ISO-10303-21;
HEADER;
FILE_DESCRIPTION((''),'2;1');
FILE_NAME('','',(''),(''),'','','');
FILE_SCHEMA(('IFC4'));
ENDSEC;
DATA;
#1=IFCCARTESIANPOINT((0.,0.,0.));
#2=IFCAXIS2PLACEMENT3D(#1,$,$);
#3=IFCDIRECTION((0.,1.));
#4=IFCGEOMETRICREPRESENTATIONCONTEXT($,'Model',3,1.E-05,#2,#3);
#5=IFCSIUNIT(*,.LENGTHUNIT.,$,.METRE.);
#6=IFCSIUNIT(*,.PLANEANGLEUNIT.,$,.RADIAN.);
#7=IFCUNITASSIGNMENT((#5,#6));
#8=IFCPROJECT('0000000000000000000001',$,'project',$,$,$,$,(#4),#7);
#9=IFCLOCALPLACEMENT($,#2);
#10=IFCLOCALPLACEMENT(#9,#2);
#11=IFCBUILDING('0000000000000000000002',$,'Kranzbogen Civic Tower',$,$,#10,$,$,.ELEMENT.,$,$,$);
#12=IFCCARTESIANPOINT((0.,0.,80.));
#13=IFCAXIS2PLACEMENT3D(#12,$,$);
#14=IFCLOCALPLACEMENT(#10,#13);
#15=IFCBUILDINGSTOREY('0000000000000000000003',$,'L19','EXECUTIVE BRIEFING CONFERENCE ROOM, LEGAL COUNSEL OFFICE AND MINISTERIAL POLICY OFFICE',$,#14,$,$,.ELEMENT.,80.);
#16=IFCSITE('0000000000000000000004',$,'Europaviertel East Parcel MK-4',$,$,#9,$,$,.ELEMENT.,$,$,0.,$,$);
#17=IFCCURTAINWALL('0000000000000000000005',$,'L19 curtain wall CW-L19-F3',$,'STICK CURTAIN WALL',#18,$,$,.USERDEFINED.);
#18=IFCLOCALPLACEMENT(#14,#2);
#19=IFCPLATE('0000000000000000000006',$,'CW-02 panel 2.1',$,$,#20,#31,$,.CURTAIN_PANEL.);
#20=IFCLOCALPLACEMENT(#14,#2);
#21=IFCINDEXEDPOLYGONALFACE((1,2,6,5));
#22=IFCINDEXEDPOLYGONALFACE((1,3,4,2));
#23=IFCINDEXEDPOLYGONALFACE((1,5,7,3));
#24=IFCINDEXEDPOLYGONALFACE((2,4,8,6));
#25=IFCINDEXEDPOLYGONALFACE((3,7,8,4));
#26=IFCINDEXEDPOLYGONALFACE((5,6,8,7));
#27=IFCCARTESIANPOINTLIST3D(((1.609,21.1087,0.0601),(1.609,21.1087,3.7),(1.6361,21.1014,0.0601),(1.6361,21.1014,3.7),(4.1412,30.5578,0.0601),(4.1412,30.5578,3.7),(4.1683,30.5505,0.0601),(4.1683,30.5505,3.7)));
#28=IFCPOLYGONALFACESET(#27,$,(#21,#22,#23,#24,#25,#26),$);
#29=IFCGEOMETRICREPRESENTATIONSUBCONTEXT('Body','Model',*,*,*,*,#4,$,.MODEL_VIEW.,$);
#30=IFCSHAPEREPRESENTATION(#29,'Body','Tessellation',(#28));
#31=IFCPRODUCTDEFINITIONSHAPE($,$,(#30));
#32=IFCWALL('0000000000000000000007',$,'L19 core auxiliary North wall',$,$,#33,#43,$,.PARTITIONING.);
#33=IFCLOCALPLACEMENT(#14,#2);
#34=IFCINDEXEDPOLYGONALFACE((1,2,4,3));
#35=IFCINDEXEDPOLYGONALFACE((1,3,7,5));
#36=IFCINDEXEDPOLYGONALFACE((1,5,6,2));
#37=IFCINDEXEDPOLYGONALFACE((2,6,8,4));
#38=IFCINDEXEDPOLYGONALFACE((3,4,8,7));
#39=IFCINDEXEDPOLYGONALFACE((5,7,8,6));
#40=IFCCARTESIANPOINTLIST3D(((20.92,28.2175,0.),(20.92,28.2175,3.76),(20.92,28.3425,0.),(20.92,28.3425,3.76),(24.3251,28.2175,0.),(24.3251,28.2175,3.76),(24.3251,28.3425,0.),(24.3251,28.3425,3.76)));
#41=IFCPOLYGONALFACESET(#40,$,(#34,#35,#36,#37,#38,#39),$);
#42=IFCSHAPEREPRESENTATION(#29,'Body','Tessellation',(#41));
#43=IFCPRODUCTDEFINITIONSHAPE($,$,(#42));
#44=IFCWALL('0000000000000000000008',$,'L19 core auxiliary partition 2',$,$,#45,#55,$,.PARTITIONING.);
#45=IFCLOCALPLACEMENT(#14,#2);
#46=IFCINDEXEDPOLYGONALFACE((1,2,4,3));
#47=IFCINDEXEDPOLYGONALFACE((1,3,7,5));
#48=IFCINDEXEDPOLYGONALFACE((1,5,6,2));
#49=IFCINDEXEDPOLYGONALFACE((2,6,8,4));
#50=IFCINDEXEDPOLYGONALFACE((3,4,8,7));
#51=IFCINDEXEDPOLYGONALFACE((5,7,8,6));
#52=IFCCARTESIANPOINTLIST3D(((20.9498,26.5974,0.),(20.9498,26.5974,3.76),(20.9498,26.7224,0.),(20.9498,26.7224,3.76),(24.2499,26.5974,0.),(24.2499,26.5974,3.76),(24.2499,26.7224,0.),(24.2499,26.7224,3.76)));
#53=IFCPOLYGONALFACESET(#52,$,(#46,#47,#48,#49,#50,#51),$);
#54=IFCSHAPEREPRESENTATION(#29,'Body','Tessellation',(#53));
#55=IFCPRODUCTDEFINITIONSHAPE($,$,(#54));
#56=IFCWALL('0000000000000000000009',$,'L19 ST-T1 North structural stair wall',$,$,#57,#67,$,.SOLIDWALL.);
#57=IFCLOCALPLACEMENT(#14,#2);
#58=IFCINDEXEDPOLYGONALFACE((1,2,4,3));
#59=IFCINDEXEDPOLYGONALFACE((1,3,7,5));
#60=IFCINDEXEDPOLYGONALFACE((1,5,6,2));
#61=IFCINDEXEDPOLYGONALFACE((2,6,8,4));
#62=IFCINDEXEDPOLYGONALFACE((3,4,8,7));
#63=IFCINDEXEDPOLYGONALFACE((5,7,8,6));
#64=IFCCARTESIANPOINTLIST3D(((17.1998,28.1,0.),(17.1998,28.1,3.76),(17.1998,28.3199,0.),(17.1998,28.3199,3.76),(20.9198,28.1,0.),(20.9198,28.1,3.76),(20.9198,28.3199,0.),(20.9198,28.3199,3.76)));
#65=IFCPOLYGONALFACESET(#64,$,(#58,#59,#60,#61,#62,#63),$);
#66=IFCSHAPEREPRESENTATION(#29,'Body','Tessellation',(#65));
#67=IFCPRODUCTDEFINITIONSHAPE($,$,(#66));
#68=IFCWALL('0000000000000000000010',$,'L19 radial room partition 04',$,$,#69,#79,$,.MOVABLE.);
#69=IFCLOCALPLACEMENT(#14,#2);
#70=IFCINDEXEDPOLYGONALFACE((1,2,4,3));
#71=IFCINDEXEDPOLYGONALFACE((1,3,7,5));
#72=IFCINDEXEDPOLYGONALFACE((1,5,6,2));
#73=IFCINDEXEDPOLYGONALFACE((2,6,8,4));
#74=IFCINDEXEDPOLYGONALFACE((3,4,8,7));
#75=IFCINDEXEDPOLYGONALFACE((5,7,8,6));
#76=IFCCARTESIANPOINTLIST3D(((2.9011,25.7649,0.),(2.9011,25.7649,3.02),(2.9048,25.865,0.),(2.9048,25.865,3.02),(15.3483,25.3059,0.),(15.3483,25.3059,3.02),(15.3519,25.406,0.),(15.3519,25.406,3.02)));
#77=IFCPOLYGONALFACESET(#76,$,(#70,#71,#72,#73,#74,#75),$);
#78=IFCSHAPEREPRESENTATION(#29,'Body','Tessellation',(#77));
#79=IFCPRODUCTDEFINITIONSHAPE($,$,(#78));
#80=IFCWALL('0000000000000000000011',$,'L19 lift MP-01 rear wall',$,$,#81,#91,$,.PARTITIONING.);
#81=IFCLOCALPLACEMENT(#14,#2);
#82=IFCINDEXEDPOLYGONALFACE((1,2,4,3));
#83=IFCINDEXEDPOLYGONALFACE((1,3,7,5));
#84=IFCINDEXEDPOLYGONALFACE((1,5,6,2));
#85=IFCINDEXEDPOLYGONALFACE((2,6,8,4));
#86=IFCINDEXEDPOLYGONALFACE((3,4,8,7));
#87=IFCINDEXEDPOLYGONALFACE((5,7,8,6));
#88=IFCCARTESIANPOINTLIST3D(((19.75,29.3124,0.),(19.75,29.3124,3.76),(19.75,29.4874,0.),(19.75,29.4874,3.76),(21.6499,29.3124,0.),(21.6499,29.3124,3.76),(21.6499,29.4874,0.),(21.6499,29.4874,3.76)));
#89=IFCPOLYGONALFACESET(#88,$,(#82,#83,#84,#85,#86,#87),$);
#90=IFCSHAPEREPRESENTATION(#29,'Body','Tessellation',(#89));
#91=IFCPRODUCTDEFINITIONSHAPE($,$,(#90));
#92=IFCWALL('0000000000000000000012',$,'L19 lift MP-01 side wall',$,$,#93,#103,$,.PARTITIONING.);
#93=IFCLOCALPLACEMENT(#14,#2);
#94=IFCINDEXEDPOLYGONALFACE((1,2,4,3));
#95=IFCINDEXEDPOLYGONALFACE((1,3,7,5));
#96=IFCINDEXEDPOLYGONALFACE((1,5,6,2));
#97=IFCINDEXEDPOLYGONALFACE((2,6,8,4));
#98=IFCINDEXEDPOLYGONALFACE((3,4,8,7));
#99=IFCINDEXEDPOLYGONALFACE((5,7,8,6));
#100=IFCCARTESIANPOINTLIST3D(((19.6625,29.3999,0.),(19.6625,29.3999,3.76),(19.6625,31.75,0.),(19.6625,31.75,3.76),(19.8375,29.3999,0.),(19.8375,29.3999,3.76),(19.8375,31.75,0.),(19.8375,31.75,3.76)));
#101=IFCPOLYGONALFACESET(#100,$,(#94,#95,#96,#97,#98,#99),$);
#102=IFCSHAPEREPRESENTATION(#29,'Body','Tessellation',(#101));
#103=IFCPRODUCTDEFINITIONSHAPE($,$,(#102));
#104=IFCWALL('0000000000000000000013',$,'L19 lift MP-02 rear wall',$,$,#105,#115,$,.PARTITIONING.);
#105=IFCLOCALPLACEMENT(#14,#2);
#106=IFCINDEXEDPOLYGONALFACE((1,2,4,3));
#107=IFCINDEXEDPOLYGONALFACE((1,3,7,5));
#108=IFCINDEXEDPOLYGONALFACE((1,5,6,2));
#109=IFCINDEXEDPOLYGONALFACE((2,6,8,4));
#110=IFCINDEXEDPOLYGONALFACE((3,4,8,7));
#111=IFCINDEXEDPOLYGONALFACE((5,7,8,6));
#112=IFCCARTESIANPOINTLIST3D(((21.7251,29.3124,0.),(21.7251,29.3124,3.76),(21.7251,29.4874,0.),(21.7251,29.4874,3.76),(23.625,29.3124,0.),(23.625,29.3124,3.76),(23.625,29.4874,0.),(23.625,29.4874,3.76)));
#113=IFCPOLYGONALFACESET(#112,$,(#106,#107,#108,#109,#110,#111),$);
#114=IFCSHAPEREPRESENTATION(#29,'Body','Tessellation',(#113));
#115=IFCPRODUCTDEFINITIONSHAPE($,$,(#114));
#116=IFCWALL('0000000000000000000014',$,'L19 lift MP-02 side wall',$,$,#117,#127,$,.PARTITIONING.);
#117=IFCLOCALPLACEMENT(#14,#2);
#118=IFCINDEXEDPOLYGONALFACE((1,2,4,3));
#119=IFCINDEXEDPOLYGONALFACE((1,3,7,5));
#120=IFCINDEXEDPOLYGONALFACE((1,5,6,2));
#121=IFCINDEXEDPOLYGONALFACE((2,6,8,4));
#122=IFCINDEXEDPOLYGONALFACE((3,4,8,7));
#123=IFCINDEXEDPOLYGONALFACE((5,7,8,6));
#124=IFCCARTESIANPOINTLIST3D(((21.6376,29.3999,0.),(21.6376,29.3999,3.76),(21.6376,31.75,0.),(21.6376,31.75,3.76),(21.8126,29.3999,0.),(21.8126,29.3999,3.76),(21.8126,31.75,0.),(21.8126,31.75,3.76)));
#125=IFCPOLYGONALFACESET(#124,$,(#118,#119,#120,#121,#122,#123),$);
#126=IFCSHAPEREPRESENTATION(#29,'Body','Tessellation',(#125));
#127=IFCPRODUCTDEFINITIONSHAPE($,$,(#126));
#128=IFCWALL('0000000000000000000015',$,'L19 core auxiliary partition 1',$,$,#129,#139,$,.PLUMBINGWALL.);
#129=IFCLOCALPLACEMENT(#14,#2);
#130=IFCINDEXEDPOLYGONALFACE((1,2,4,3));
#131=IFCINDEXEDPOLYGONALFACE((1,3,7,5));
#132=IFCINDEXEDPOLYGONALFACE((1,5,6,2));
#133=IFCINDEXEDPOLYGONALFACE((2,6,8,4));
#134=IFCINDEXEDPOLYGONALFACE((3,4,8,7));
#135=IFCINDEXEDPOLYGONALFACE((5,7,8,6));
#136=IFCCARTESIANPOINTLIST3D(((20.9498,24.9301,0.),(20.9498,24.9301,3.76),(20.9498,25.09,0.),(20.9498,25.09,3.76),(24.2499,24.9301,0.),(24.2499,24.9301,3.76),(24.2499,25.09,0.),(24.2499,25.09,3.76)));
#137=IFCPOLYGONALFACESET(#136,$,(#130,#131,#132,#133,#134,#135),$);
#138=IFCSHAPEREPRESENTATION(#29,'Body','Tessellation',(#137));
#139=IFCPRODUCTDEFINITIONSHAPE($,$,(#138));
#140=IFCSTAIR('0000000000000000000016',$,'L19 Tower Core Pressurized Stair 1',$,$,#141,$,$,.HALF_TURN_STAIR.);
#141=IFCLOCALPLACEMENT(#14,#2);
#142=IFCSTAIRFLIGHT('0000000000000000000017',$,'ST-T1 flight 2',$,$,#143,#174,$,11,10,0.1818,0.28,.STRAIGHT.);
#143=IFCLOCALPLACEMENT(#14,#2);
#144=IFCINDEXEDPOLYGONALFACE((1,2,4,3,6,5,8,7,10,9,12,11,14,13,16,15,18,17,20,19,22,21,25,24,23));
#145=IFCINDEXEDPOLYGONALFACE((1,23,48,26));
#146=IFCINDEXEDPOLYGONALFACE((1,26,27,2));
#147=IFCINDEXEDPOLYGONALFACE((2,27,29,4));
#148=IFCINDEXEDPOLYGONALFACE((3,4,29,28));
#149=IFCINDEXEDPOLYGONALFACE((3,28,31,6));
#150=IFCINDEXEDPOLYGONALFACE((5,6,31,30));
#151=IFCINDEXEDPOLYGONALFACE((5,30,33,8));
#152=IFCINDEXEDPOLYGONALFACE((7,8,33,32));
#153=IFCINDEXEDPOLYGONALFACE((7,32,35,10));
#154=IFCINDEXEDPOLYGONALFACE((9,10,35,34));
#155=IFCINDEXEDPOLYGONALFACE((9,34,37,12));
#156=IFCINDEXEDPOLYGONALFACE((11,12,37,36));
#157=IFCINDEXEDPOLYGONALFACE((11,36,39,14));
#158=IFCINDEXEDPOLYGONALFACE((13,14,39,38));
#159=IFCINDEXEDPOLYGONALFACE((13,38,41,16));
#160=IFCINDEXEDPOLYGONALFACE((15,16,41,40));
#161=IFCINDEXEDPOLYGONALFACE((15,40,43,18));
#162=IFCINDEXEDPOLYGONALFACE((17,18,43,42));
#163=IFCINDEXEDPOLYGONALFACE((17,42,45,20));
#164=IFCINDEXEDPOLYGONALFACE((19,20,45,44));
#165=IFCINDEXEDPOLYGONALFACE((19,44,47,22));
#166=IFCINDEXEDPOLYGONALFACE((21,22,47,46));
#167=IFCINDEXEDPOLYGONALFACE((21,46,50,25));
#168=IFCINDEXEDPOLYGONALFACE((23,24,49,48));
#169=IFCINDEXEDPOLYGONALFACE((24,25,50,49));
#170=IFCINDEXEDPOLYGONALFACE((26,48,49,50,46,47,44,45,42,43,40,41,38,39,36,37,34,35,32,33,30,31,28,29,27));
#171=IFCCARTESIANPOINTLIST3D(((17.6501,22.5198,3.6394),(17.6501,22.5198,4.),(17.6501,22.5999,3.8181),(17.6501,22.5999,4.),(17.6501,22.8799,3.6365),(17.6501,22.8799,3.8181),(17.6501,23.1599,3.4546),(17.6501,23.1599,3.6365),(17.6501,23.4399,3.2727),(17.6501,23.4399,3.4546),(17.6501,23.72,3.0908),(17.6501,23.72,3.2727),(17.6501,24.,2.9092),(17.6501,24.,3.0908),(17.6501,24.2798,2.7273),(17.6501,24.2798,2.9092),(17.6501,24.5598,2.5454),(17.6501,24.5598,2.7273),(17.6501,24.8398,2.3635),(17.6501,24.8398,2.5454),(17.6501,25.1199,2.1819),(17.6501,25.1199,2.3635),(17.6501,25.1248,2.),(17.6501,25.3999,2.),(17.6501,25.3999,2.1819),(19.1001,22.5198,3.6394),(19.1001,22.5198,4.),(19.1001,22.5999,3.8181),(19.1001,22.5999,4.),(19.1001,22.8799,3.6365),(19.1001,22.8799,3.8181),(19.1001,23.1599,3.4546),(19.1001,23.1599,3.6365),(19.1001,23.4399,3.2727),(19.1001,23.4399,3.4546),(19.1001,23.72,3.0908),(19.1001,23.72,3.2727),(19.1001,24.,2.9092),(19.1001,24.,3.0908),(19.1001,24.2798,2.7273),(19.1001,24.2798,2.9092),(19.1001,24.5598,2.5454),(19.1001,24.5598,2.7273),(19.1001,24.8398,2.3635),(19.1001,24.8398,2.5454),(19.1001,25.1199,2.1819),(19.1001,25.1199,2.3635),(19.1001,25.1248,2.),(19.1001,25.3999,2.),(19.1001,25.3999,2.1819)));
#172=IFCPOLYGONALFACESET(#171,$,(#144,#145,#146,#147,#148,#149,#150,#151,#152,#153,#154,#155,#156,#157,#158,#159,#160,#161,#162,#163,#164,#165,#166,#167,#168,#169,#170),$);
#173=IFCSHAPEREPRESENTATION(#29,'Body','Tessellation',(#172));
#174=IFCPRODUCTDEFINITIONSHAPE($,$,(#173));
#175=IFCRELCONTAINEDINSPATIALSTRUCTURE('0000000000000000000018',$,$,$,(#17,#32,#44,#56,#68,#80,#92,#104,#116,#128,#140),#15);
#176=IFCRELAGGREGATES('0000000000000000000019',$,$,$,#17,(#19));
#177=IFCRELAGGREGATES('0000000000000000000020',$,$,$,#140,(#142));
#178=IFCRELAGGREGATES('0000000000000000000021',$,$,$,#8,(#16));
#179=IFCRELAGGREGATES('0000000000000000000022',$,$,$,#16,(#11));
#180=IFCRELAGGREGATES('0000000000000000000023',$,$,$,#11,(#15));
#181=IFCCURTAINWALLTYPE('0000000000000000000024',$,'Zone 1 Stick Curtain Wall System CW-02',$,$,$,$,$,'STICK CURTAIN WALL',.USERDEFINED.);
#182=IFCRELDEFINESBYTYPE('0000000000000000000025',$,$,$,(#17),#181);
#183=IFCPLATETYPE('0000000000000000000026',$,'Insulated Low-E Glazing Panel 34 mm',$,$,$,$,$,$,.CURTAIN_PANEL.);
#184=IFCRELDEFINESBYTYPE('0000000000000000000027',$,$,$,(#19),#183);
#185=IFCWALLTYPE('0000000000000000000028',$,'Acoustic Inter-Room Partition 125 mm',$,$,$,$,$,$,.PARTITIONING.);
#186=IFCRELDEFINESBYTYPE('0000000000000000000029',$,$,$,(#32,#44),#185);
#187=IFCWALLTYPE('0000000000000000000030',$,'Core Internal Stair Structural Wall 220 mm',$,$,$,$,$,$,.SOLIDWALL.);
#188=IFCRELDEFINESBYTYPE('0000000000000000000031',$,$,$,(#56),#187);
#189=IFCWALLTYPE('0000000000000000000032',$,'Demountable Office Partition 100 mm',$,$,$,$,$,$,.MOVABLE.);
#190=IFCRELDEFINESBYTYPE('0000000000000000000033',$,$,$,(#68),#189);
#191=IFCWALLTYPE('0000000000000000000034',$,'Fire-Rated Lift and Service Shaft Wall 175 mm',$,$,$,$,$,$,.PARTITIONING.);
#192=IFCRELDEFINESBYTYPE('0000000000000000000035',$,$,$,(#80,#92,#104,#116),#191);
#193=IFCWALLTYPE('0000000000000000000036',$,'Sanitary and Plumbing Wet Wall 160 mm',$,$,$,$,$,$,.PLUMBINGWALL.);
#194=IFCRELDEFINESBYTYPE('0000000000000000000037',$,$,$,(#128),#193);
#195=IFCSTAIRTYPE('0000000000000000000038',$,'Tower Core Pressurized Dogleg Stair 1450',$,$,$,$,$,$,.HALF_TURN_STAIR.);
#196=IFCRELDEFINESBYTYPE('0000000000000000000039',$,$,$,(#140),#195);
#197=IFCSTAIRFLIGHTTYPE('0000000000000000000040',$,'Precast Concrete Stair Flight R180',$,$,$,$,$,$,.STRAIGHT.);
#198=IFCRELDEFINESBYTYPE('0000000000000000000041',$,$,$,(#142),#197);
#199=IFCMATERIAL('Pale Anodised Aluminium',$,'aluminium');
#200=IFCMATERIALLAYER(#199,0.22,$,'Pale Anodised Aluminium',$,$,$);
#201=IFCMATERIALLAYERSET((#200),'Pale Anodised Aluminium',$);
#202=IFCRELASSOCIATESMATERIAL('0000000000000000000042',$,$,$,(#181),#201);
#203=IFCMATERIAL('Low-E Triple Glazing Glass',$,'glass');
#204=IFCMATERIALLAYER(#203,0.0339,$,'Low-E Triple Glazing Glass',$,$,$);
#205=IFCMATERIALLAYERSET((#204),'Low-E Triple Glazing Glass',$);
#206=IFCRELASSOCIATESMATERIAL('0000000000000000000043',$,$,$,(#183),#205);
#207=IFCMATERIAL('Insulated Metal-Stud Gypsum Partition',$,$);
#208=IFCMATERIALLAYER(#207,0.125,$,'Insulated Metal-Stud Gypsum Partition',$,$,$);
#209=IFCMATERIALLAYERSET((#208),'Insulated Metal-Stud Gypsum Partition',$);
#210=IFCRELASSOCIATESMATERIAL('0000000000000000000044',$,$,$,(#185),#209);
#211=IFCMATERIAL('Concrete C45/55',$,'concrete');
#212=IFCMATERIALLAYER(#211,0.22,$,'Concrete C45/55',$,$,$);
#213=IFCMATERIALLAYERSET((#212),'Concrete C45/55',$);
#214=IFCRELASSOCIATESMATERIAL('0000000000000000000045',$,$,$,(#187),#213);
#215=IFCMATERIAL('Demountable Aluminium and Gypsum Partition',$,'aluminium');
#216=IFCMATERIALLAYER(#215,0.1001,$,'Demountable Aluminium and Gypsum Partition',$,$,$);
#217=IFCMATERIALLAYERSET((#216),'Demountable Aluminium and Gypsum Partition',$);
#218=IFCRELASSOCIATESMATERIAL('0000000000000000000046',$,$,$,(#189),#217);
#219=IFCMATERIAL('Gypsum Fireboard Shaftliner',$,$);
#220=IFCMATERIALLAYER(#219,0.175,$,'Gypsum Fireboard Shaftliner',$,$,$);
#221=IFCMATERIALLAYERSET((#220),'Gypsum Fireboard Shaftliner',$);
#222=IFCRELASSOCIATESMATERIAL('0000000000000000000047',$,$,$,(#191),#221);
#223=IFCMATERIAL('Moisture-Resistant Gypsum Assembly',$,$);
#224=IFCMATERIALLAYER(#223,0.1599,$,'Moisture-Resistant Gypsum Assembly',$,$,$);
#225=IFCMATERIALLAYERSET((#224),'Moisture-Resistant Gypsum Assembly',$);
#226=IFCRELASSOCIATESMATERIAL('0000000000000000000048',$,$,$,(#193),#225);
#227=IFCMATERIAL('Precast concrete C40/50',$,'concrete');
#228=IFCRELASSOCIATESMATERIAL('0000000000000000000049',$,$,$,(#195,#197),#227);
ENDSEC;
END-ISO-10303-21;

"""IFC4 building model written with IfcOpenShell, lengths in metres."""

from ifc_helpers import new_model, si_unit, direction, frame, frame_2d, origin, origin_2d, place, context, subcontext, project, spatial, polyline, rectangle, outline, extrude, material, layer, layer_set, type_object, element, aggregate, save


model = new_model("IFC4")

# Units and contexts
model_context = context("Model", 3, precision=1e-05, world=origin(), true_north=direction((0.0, 1.0)))
body_context = subcontext(model_context, "Body", "Model", "MODEL_VIEW")
ifc_project = project(units=[si_unit("LENGTHUNIT", "METRE"), si_unit("PLANEANGLEUNIT", "RADIAN")], contexts=[model_context])

# Site, building, storey
site_placement = place(None, origin())
site = spatial("IfcSite", under=ifc_project, at=site_placement, Name="Europaviertel East Parcel MK-4", CompositionType="ELEMENT", RefElevation=0.0)
building_placement = place(site_placement, origin())
building = spatial("IfcBuilding", under=site, at=building_placement, Name="Kranzbogen Civic Tower", CompositionType="ELEMENT")
storey_placement = place(building_placement, frame((0.0, 0.0, 80.0)))
storey = spatial("IfcBuildingStorey", under=building, at=storey_placement, Name="L19", Description="EXECUTIVE BRIEFING CONFERENCE ROOM, LEGAL COUNSEL OFFICE AND MINISTERIAL POLICY OFFICE", CompositionType="ELEMENT", Elevation=80.0)

# Curtain wall
ifc_material_1 = material(Name="Pale Anodised Aluminium", Category="aluminium")
ifc_layer_1 = layer(ifc_material_1, 0.22, Name="Pale Anodised Aluminium")
ifc_layer_set_1 = layer_set([ifc_layer_1], Name="Pale Anodised Aluminium")
curtain_wall_type = type_object("IfcCurtainWallType", Name="Zone 1 Stick Curtain Wall System CW-02", ElementType="STICK CURTAIN WALL", PredefinedType="USERDEFINED", material=ifc_layer_set_1)
curtain_wall_placement = place(storey_placement, origin())
curtain_wall = element("IfcCurtainWall", 1, at=curtain_wall_placement, inside=storey, type_object=curtain_wall_type, Name="L19 curtain wall CW-L19-F3", ObjectType="STICK CURTAIN WALL", PredefinedType="USERDEFINED")

# Plate
ifc_material_2 = material(Name="Low-E Triple Glazing Glass", Category="glass")
ifc_layer_2 = layer(ifc_material_2, 0.0339, Name="Low-E Triple Glazing Glass")
ifc_layer_set_2 = layer_set([ifc_layer_2], Name="Low-E Triple Glazing Glass")
plate_type = type_object("IfcPlateType", Name="Insulated Low-E Glazing Panel 34 mm", PredefinedType="CURTAIN_PANEL", material=ifc_layer_set_2)
plate_placement = place(storey_placement, frame((2.8887, 25.8296, 0.0601), z_axis=(0.0, 0.0, 1.0), x_axis=(-0.258851, -0.965917, 0.0)))
plate = element("IfcPlate", 2, at=plate_placement, type_object=plate_type, Name="CW-02 panel 2.1", PredefinedType="CURTAIN_PANEL", context=body_context, shape_type="SweptSolid", body=[
    extrude(rectangle(XDim=9.7825, YDim=0.0281, at=origin_2d()), origin(), (0.0, 0.0, 1.0), 3.6399),
])
aggregate(curtain_wall, [plate])

# Walls
ifc_material_3 = material(Name="Insulated Metal-Stud Gypsum Partition")
ifc_layer_3 = layer(ifc_material_3, 0.125, Name="Insulated Metal-Stud Gypsum Partition")
ifc_layer_set_3 = layer_set([ifc_layer_3], Name="Insulated Metal-Stud Gypsum Partition")
wall_type_1 = type_object("IfcWallType", Name="Acoustic Inter-Room Partition 125 mm", PredefinedType="PARTITIONING", material=ifc_layer_set_3)
wall_1_placement = place(storey_placement, frame((20.9199, 28.28, 0.0), z_axis=(0.0, 0.0, 1.0), x_axis=(1.0, 0.0, 0.0)))
element("IfcWall", 3, at=wall_1_placement, inside=storey, type_object=wall_type_1, Name="L19 core auxiliary North wall", PredefinedType="PARTITIONING", context=body_context, shape_type="SweptSolid", body=[
    extrude(rectangle(XDim=3.405, YDim=0.125, at=frame_2d((1.7026, 0.0))), origin(), (0.0, 0.0, 1.0), 3.76),
])
wall_2_placement = place(storey_placement, frame((20.95, 26.6599, 0.0), z_axis=(0.0, 0.0, 1.0), x_axis=(1.0, 0.0, 0.0)))
element("IfcWall", 4, at=wall_2_placement, inside=storey, type_object=wall_type_1, Name="L19 core auxiliary partition 2", PredefinedType="PARTITIONING", context=body_context, shape_type="SweptSolid", body=[
    extrude(rectangle(XDim=3.3, YDim=0.125, at=frame_2d((1.6499, 0.0))), origin(), (0.0, 0.0, 1.0), 3.76),
])
ifc_material_4 = material(Name="Concrete C45/55", Category="concrete")
ifc_layer_4 = layer(ifc_material_4, 0.22, Name="Concrete C45/55")
ifc_layer_set_4 = layer_set([ifc_layer_4], Name="Concrete C45/55")
wall_type_2 = type_object("IfcWallType", Name="Core Internal Stair Structural Wall 220 mm", PredefinedType="SOLIDWALL", material=ifc_layer_set_4)
wall_3_placement = place(storey_placement, frame((17.2, 28.21, 0.0), z_axis=(0.0, 0.0, 1.0), x_axis=(1.0, 0.0, 0.0)))
element("IfcWall", 5, at=wall_3_placement, inside=storey, type_object=wall_type_2, Name="L19 ST-T1 North structural stair wall", PredefinedType="SOLIDWALL", context=body_context, shape_type="SweptSolid", body=[
    extrude(rectangle(XDim=3.72, YDim=0.22, at=frame_2d((1.8599, 0.0))), origin(), (0.0, 0.0, 1.0), 3.76),
])
ifc_material_5 = material(Name="Demountable Aluminium and Gypsum Partition", Category="aluminium")
ifc_layer_5 = layer(ifc_material_5, 0.1001, Name="Demountable Aluminium and Gypsum Partition")
ifc_layer_set_5 = layer_set([ifc_layer_5], Name="Demountable Aluminium and Gypsum Partition")
wall_type_3 = type_object("IfcWallType", Name="Demountable Office Partition 100 mm", PredefinedType="MOVABLE", material=ifc_layer_set_5)
wall_4_placement = place(storey_placement, frame((15.3501, 25.356, 0.0), z_axis=(0.0, 0.0, 1.0), x_axis=(-0.999321, 0.03685, 0.0)))
element("IfcWall", 6, at=wall_4_placement, inside=storey, type_object=wall_type_3, Name="L19 radial room partition 04", PredefinedType="MOVABLE", context=body_context, shape_type="SweptSolid", body=[
    extrude(rectangle(XDim=12.4556, YDim=0.1001, at=frame_2d((6.2278, 0.0))), origin(), (0.0, 0.0, 1.0), 3.02),
])
ifc_material_6 = material(Name="Gypsum Fireboard Shaftliner")
ifc_layer_6 = layer(ifc_material_6, 0.175, Name="Gypsum Fireboard Shaftliner")
ifc_layer_set_6 = layer_set([ifc_layer_6], Name="Gypsum Fireboard Shaftliner")
wall_type_4 = type_object("IfcWallType", Name="Fire-Rated Lift and Service Shaft Wall 175 mm", PredefinedType="PARTITIONING", material=ifc_layer_set_6)
wall_5_placement = place(storey_placement, frame((19.75, 29.3999, 0.0), z_axis=(0.0, 0.0, 1.0), x_axis=(1.0, 0.0, 0.0)))
element("IfcWall", 7, at=wall_5_placement, inside=storey, type_object=wall_type_4, Name="L19 lift MP-01 rear wall", PredefinedType="PARTITIONING", context=body_context, shape_type="SweptSolid", body=[
    extrude(rectangle(XDim=1.8999, YDim=0.175, at=frame_2d((0.95, 0.0))), origin(), (0.0, 0.0, 1.0), 3.76),
])
wall_6_placement = place(storey_placement, frame((19.75, 29.3999, 0.0), z_axis=(0.0, 0.0, 1.0), x_axis=(0.0, 1.0, 0.0)))
element("IfcWall", 8, at=wall_6_placement, inside=storey, type_object=wall_type_4, Name="L19 lift MP-01 side wall", PredefinedType="PARTITIONING", context=body_context, shape_type="SweptSolid", body=[
    extrude(rectangle(XDim=2.3501, YDim=0.175, at=frame_2d((1.175, 0.0))), origin(), (0.0, 0.0, 1.0), 3.76),
])
wall_7_placement = place(storey_placement, frame((21.7251, 29.3999, 0.0), z_axis=(0.0, 0.0, 1.0), x_axis=(1.0, 0.0, 0.0)))
element("IfcWall", 9, at=wall_7_placement, inside=storey, type_object=wall_type_4, Name="L19 lift MP-02 rear wall", PredefinedType="PARTITIONING", context=body_context, shape_type="SweptSolid", body=[
    extrude(rectangle(XDim=1.8999, YDim=0.175, at=frame_2d((0.95, 0.0))), origin(), (0.0, 0.0, 1.0), 3.76),
])
wall_8_placement = place(storey_placement, frame((21.7251, 29.3999, 0.0), z_axis=(0.0, 0.0, 1.0), x_axis=(0.0, 1.0, 0.0)))
element("IfcWall", 10, at=wall_8_placement, inside=storey, type_object=wall_type_4, Name="L19 lift MP-02 side wall", PredefinedType="PARTITIONING", context=body_context, shape_type="SweptSolid", body=[
    extrude(rectangle(XDim=2.3501, YDim=0.175, at=frame_2d((1.175, 0.0))), origin(), (0.0, 0.0, 1.0), 3.76),
])
ifc_material_7 = material(Name="Moisture-Resistant Gypsum Assembly")
ifc_layer_7 = layer(ifc_material_7, 0.1599, Name="Moisture-Resistant Gypsum Assembly")
ifc_layer_set_7 = layer_set([ifc_layer_7], Name="Moisture-Resistant Gypsum Assembly")
wall_type_5 = type_object("IfcWallType", Name="Sanitary and Plumbing Wet Wall 160 mm", PredefinedType="PLUMBINGWALL", material=ifc_layer_set_7)
wall_9_placement = place(storey_placement, frame((20.95, 25.01, 0.0), z_axis=(0.0, 0.0, 1.0), x_axis=(1.0, 0.0, 0.0)))
element("IfcWall", 11, at=wall_9_placement, inside=storey, type_object=wall_type_5, Name="L19 core auxiliary partition 1", PredefinedType="PLUMBINGWALL", context=body_context, shape_type="SweptSolid", body=[
    extrude(rectangle(XDim=3.3, YDim=0.1599, at=frame_2d((1.6499, 0.0))), origin(), (0.0, 0.0, 1.0), 3.76),
])

# Stair, stair flight
ifc_material_8 = material(Name="Precast concrete C40/50", Category="concrete")
stair_type = type_object("IfcStairType", Name="Tower Core Pressurized Dogleg Stair 1450", PredefinedType="HALF_TURN_STAIR", material=ifc_material_8)
stair_placement = place(storey_placement, origin())
stair = element("IfcStair", 12, at=stair_placement, inside=storey, type_object=stair_type, Name="L19 Tower Core Pressurized Stair 1", PredefinedType="HALF_TURN_STAIR")
stair_flight_type = type_object("IfcStairFlightType", Name="Precast Concrete Stair Flight R180", PredefinedType="STRAIGHT", material=ifc_material_8)
stair_flight_placement = place(storey_placement, frame((18.375, 25.3999, 2.0), z_axis=(0.0, 0.0, 1.0), x_axis=(0.0, -1.0, 0.0)))
stair_flight = element("IfcStairFlight", 13, at=stair_flight_placement, type_object=stair_flight_type, Name="ST-T1 flight 2", NumberOfRisers=11, NumberOfTreads=10, PredefinedType="STRAIGHT", RiserHeight=0.1818, TreadLength=0.28, context=body_context, shape_type="SweptSolid", body=[
    extrude(outline(polyline([(0.0, 0.0), (0.0, 0.1819), (0.28, 0.1819), (0.28, 0.3635), (0.5601, 0.3635), (0.5601, 0.5454), (0.8401, 0.5454), (0.8401, 0.7273), (1.1201, 0.7273), (1.1201, 0.9092), (1.3999, 0.9092), (1.3999, 1.0908), (1.6799, 1.0908), (1.6799, 1.2727), (1.96, 1.2727), (1.96, 1.4546), (2.24, 1.4546), (2.24, 1.6365), (2.52, 1.6365), (2.52, 1.8181), (2.8, 1.8181), (2.8, 2.0), (2.8801, 2.0), (2.8801, 1.6394), (0.2751, 0.0), (0.0, 0.0)])), frame((0.0, 0.7251, 0.0), z_axis=(0.0, -1.0, 0.0), x_axis=(1.0, 0.0, 0.0)), (0.0, 0.0, 1.0), 1.45),
])
aggregate(stair, [stair_flight])

save(model, "model.ifc")
